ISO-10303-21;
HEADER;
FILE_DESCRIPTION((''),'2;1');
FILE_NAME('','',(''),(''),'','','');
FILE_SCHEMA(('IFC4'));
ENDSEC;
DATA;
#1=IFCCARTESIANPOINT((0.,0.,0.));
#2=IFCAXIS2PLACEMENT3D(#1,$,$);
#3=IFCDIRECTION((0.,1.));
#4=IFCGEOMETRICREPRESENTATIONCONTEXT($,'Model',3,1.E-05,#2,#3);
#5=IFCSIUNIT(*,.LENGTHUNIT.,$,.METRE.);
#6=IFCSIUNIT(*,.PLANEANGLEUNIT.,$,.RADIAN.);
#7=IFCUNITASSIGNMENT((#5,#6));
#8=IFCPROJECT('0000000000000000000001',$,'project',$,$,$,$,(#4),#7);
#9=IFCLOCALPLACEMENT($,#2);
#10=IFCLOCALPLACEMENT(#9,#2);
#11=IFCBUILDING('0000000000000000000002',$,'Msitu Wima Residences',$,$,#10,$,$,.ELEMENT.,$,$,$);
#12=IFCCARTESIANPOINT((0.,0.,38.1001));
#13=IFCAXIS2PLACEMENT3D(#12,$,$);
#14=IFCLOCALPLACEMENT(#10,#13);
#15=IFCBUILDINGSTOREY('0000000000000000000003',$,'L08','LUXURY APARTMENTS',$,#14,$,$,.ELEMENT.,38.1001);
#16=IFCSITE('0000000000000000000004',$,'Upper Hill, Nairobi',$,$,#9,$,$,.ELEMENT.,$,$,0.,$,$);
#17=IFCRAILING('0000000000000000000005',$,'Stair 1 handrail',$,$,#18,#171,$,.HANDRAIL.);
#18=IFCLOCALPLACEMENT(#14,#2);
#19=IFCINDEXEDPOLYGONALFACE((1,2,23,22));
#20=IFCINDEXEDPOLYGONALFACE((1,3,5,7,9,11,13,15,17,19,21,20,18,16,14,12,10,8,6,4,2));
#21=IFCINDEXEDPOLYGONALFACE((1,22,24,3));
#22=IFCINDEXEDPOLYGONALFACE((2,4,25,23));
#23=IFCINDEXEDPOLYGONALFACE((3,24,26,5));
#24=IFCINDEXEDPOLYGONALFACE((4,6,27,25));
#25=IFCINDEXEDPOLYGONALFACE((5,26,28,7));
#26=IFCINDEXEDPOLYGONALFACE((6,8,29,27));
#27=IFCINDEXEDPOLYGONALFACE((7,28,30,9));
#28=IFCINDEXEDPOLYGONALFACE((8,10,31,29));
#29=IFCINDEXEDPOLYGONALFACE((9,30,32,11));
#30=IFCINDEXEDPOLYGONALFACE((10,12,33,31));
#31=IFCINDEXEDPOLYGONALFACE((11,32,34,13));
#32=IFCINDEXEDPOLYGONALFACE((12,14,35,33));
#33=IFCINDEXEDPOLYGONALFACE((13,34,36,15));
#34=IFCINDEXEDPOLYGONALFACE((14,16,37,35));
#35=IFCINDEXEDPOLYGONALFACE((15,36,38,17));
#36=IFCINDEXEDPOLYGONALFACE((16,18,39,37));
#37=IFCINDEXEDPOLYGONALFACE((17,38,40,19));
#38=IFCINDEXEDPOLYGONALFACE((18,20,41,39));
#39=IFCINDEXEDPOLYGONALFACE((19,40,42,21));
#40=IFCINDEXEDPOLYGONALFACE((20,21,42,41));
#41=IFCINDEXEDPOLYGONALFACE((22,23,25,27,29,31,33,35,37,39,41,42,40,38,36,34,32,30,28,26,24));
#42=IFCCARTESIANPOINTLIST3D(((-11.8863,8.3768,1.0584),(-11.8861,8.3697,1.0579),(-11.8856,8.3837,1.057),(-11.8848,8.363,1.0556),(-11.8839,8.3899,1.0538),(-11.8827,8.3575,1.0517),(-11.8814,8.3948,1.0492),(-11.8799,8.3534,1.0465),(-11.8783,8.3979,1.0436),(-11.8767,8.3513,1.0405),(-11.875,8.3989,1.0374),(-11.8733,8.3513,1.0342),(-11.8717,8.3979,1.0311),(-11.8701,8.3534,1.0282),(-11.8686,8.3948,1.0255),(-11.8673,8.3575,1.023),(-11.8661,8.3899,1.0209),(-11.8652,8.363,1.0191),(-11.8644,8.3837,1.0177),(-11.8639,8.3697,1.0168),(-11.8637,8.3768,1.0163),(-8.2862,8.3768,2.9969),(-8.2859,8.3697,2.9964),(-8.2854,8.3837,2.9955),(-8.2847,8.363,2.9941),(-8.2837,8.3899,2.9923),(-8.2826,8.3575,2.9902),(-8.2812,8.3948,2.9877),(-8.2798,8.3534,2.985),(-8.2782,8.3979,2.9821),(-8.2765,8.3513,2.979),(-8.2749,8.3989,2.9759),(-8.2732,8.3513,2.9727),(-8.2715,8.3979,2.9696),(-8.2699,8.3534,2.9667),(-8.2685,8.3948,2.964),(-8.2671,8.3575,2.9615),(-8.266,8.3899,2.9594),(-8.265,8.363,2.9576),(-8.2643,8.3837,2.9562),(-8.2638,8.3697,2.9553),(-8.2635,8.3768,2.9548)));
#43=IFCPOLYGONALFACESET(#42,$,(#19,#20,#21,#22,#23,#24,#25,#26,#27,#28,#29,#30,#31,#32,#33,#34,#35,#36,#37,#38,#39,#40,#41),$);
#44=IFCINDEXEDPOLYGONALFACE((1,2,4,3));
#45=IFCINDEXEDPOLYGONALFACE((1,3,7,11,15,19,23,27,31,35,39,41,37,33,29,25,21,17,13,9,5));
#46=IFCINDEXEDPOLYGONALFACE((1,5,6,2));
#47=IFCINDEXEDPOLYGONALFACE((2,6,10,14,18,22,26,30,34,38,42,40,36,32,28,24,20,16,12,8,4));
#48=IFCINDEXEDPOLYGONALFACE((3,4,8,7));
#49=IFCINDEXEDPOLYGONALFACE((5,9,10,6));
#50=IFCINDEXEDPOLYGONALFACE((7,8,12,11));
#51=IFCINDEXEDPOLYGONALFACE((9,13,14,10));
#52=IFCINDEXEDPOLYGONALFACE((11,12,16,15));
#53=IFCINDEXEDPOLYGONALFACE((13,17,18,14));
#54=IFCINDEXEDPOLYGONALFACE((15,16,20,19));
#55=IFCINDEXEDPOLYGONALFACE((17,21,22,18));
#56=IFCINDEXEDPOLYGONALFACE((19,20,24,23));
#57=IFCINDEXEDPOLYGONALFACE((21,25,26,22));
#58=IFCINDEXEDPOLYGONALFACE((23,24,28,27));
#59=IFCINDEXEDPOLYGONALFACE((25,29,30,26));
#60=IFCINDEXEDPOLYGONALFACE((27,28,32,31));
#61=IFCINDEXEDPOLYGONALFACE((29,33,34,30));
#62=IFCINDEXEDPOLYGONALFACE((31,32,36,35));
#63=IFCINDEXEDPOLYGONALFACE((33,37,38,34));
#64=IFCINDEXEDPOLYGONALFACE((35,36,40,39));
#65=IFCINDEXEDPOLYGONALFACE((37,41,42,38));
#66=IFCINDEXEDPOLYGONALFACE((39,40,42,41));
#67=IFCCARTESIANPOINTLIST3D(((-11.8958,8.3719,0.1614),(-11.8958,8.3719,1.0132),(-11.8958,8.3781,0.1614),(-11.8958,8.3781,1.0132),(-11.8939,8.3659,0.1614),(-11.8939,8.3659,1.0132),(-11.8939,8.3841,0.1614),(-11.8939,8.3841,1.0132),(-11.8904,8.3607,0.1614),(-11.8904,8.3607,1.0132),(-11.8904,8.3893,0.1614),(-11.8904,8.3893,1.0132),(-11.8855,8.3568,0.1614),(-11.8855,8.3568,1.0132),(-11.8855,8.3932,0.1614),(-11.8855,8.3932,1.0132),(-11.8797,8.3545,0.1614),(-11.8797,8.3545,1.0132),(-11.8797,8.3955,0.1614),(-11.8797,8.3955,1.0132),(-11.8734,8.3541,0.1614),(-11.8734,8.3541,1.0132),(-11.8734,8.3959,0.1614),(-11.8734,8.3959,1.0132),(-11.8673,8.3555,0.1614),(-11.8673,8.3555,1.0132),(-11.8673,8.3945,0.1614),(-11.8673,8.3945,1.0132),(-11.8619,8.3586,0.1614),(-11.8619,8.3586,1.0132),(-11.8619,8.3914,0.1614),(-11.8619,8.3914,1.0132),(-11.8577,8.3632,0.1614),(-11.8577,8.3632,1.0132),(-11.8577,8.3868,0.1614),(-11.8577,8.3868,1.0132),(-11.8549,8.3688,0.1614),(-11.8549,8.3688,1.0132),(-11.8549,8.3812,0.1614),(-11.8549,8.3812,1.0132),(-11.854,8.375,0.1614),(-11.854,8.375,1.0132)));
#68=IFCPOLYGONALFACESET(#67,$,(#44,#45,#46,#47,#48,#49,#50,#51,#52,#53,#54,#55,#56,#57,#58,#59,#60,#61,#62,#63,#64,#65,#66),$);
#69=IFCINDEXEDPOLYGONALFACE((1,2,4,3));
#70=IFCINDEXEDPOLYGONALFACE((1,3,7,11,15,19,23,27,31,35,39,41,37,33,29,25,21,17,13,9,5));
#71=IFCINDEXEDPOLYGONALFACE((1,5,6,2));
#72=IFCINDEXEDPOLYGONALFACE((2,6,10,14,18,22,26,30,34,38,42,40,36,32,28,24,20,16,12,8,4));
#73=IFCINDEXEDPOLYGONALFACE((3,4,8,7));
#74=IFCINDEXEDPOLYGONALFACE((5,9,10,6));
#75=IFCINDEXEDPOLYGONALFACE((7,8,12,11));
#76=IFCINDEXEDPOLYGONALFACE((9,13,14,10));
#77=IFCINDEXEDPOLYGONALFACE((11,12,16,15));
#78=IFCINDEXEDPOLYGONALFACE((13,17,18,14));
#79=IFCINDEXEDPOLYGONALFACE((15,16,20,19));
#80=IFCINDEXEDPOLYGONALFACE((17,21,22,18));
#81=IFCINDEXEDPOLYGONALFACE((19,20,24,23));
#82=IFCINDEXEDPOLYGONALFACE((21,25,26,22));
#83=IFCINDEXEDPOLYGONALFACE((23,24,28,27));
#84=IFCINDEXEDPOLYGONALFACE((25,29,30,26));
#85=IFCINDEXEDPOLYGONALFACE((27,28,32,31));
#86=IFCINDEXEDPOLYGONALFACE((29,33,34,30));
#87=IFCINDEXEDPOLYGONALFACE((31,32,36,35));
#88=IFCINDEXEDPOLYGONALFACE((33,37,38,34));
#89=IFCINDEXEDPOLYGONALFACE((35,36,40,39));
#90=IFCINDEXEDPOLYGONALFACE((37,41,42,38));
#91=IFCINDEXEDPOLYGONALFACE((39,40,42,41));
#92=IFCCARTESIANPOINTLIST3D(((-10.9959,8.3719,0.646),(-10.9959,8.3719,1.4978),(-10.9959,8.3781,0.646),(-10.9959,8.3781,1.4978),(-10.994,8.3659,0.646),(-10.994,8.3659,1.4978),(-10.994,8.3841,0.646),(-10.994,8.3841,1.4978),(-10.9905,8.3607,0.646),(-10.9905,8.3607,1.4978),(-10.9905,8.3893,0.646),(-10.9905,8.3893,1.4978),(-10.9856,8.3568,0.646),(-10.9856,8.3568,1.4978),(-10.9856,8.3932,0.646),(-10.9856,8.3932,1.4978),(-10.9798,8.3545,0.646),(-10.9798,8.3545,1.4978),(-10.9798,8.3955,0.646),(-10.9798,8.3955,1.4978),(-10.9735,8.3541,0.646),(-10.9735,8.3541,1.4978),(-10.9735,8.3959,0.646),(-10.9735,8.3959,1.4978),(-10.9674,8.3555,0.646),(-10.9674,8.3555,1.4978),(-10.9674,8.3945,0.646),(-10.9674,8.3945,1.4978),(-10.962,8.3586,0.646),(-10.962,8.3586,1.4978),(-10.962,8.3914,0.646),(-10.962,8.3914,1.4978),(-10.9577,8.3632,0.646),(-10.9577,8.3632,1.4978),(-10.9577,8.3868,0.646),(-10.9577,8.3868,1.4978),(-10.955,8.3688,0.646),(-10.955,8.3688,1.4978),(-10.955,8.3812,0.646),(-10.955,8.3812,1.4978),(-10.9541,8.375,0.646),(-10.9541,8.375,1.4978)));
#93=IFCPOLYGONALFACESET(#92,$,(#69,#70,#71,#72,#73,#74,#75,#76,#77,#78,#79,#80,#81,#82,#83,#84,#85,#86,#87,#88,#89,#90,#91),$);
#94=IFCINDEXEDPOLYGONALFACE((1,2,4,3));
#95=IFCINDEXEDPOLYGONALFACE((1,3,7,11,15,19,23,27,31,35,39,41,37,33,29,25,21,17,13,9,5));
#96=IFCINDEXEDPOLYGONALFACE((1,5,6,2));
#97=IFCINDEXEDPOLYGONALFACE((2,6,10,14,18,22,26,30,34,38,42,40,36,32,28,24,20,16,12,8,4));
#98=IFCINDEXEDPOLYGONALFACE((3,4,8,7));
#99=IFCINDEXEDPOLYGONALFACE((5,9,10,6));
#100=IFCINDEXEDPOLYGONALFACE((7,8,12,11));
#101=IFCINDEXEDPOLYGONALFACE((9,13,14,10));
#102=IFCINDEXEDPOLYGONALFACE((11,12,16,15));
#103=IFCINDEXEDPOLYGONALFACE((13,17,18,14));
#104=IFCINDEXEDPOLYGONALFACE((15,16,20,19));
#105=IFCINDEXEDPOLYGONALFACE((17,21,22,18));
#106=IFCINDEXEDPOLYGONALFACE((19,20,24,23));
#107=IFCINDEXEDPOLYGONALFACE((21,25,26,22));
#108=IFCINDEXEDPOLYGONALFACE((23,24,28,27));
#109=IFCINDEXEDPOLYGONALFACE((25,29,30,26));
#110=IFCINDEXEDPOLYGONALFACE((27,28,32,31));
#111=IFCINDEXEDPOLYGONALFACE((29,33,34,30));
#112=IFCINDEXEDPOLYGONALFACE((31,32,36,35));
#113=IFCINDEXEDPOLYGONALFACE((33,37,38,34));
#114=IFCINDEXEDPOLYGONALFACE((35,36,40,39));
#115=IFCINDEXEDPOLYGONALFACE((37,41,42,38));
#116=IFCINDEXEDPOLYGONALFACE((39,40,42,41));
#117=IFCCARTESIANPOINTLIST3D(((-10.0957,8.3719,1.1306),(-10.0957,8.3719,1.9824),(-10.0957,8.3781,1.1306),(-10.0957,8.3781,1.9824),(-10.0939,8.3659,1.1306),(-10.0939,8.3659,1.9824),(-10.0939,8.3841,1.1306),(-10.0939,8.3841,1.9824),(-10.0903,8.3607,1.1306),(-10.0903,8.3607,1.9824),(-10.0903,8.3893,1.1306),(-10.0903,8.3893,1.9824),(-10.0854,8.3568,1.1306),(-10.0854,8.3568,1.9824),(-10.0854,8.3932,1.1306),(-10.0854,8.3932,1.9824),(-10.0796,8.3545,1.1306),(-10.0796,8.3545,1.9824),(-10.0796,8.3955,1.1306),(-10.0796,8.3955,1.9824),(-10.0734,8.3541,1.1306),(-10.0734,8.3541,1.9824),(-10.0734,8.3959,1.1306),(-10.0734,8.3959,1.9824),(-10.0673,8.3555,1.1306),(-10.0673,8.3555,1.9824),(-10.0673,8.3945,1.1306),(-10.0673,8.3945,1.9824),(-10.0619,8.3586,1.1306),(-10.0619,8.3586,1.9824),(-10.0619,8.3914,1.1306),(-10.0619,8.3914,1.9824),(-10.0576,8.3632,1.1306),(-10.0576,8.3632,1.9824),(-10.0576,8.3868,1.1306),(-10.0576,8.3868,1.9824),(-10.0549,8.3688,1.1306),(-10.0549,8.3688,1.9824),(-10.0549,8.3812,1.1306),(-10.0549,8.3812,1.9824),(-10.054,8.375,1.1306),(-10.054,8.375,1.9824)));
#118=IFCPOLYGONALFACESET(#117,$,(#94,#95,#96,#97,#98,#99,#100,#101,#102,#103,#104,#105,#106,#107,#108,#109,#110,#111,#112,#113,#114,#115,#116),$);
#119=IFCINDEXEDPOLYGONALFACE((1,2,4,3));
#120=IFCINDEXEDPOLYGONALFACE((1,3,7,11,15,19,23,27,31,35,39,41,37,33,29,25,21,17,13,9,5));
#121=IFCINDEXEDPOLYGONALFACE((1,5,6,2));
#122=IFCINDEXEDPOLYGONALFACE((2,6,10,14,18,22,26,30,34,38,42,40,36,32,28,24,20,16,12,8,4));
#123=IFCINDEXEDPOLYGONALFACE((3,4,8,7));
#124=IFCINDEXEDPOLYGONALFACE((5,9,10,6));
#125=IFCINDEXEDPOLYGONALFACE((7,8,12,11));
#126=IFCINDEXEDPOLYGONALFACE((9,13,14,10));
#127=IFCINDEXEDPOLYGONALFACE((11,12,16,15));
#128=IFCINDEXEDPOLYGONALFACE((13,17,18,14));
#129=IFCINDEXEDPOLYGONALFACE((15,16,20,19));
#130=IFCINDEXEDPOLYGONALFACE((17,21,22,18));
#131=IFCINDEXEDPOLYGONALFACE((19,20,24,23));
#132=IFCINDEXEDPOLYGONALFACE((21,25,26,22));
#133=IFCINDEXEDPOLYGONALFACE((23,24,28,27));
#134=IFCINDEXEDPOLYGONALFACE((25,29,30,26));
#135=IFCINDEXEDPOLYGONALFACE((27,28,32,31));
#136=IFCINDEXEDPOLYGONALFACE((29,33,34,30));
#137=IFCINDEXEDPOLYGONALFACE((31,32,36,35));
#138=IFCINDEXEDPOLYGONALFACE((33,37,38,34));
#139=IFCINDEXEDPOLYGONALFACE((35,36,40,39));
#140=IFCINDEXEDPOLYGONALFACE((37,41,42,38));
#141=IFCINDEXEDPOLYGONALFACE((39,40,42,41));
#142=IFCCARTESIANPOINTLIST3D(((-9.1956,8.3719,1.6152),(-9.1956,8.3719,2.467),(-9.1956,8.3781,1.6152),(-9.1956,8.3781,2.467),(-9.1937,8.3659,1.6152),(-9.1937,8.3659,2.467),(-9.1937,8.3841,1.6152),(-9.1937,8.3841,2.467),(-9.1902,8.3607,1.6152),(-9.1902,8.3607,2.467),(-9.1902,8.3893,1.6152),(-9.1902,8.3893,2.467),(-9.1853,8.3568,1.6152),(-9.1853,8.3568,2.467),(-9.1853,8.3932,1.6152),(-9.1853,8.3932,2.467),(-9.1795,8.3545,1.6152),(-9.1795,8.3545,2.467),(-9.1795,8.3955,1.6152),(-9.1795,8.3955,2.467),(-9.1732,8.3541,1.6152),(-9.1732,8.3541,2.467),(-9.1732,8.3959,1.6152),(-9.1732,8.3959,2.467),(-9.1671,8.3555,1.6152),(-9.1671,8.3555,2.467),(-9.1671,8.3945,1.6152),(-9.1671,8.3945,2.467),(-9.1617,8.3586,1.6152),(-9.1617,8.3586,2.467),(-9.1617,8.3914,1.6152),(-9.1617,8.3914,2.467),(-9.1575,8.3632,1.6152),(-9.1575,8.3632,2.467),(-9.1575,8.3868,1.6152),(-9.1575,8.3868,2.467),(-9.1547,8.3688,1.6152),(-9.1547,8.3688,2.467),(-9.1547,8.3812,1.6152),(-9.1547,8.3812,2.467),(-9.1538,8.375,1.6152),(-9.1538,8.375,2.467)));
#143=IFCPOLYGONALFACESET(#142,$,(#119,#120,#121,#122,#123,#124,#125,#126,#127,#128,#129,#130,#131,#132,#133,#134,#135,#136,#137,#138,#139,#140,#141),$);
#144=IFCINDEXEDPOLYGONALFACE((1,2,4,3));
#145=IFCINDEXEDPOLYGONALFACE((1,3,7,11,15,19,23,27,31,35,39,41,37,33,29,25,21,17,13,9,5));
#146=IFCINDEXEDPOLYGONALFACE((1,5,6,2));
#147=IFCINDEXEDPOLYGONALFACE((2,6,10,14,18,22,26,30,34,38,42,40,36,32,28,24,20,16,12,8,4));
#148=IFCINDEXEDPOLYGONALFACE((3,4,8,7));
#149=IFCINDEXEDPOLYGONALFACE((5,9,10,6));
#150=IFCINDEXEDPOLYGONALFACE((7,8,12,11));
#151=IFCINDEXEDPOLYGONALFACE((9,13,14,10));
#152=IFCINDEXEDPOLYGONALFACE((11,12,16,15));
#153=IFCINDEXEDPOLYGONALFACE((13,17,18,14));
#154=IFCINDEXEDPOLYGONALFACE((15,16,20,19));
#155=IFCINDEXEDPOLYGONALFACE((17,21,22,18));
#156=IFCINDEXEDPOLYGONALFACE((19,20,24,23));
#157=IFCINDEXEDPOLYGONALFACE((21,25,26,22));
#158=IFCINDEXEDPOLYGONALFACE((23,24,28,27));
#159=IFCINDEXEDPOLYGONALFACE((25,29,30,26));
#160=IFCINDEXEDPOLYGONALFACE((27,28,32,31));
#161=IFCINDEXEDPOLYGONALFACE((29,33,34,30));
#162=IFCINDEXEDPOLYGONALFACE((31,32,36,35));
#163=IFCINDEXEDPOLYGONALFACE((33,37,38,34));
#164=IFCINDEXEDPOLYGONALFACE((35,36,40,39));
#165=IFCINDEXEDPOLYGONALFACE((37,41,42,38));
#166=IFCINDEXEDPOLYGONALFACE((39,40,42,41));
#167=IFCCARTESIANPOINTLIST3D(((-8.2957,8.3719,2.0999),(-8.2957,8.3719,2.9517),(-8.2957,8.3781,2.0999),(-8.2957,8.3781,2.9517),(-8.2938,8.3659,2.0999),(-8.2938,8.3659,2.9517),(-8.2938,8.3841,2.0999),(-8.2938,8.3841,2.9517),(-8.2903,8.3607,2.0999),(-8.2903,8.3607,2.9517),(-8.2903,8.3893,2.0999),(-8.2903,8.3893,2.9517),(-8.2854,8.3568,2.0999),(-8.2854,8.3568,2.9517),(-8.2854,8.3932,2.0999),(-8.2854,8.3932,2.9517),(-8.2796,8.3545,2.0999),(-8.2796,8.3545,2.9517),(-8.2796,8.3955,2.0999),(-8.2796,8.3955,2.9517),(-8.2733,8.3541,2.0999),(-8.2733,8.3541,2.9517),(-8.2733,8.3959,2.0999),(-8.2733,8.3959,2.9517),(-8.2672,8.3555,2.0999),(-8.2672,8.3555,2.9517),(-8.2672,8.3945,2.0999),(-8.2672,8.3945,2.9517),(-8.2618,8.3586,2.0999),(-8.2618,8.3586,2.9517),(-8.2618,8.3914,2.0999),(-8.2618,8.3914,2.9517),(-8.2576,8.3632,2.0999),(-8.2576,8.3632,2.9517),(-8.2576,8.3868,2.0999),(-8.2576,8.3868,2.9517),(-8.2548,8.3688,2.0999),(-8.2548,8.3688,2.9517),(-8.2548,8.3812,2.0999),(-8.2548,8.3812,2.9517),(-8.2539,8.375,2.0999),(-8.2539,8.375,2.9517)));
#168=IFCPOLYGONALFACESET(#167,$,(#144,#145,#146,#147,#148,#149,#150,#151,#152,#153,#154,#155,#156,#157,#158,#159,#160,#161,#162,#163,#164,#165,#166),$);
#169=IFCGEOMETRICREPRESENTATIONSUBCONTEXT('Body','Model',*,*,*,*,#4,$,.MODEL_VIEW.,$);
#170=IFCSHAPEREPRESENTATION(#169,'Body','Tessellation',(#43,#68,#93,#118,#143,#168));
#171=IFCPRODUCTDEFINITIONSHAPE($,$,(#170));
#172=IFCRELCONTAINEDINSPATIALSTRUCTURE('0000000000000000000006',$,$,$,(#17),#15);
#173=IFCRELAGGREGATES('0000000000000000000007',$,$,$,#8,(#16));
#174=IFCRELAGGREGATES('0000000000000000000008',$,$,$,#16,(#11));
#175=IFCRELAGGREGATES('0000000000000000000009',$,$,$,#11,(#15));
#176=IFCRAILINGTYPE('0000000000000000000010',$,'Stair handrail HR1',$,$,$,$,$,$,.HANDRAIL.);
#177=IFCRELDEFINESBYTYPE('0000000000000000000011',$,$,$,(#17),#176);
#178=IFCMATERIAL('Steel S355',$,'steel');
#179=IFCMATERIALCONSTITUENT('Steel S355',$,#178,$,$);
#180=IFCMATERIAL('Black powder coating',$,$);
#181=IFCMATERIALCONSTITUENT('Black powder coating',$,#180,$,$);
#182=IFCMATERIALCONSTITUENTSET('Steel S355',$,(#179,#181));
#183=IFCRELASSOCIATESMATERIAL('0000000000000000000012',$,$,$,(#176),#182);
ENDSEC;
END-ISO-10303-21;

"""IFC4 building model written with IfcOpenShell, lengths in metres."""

from ifc_helpers import new_model, si_unit, direction, frame, origin, origin_2d, place, context, subcontext, project, spatial, circle, extrude, material, constituent, constituent_set, type_object, element, save


model = new_model("IFC4")

# Units and contexts
model_context = context("Model", 3, precision=1e-05, world=origin(), true_north=direction((0.0, 1.0)))
body_context = subcontext(model_context, "Body", "Model", "MODEL_VIEW")
ifc_project = project(units=[si_unit("LENGTHUNIT", "METRE"), si_unit("PLANEANGLEUNIT", "RADIAN")], contexts=[model_context])

# Site, building, storey
site_placement = place(None, origin())
site = spatial("IfcSite", under=ifc_project, at=site_placement, Name="Upper Hill, Nairobi", CompositionType="ELEMENT", RefElevation=0.0)
building_placement = place(site_placement, origin())
building = spatial("IfcBuilding", under=site, at=building_placement, Name="Msitu Wima Residences", CompositionType="ELEMENT")
storey_placement = place(building_placement, frame((0.0, 0.0, 38.1001)))
storey = spatial("IfcBuildingStorey", under=building, at=storey_placement, Name="L08", Description="LUXURY APARTMENTS", CompositionType="ELEMENT", Elevation=38.1001)

# Railing
ifc_material_1 = material(Name="Steel S355", Category="steel")
ifc_constituent_1 = constituent(ifc_material_1, Name="Steel S355")
ifc_material_2 = material(Name="Black powder coating")
ifc_constituent_2 = constituent(ifc_material_2, Name="Black powder coating")
ifc_constituent_set = constituent_set(constituents=[ifc_constituent_1, ifc_constituent_2], Name="Steel S355")
railing_type = type_object("IfcRailingType", Name="Stair handrail HR1", PredefinedType="HANDRAIL", material=ifc_constituent_set)
for number, where, name in (
    (1, (-11.875, 8.375, 0.1614), "Stair 1 handrail"),
):
    element("IfcRailing", number, at=place(storey_placement, frame(where)), inside=storey, type_object=railing_type, Name=name, PredefinedType="HANDRAIL", context=body_context, shape_type="SweptSolid", body=[
        extrude(circle(Radius=0.0239, at=origin_2d()), frame((0.0, 0.0, 0.876), z_axis=(0.880475, 0.0, 0.474093), x_axis=(0.0, 1.0, 0.0)), (0.0, 0.0, 1.0), 4.0889),
        extrude(circle(Radius=0.021, at=origin_2d()), origin(), (0.0, 0.0, 1.0), 0.8518),
        extrude(circle(Radius=0.021, at=origin_2d()), frame((0.8999, 0.0, 0.4846)), (0.0, 0.0, 1.0), 0.8518),
        extrude(circle(Radius=0.021, at=origin_2d()), frame((1.8, 0.0, 0.9692)), (0.0, 0.0, 1.0), 0.8518),
        extrude(circle(Radius=0.021, at=origin_2d()), frame((2.7002, 0.0, 1.4539)), (0.0, 0.0, 1.0), 0.8518),
        extrude(circle(Radius=0.021, at=origin_2d()), frame((3.6001, 0.0, 1.9385)), (0.0, 0.0, 1.0), 0.8518),
    ])

save(model, "model.ifc")
